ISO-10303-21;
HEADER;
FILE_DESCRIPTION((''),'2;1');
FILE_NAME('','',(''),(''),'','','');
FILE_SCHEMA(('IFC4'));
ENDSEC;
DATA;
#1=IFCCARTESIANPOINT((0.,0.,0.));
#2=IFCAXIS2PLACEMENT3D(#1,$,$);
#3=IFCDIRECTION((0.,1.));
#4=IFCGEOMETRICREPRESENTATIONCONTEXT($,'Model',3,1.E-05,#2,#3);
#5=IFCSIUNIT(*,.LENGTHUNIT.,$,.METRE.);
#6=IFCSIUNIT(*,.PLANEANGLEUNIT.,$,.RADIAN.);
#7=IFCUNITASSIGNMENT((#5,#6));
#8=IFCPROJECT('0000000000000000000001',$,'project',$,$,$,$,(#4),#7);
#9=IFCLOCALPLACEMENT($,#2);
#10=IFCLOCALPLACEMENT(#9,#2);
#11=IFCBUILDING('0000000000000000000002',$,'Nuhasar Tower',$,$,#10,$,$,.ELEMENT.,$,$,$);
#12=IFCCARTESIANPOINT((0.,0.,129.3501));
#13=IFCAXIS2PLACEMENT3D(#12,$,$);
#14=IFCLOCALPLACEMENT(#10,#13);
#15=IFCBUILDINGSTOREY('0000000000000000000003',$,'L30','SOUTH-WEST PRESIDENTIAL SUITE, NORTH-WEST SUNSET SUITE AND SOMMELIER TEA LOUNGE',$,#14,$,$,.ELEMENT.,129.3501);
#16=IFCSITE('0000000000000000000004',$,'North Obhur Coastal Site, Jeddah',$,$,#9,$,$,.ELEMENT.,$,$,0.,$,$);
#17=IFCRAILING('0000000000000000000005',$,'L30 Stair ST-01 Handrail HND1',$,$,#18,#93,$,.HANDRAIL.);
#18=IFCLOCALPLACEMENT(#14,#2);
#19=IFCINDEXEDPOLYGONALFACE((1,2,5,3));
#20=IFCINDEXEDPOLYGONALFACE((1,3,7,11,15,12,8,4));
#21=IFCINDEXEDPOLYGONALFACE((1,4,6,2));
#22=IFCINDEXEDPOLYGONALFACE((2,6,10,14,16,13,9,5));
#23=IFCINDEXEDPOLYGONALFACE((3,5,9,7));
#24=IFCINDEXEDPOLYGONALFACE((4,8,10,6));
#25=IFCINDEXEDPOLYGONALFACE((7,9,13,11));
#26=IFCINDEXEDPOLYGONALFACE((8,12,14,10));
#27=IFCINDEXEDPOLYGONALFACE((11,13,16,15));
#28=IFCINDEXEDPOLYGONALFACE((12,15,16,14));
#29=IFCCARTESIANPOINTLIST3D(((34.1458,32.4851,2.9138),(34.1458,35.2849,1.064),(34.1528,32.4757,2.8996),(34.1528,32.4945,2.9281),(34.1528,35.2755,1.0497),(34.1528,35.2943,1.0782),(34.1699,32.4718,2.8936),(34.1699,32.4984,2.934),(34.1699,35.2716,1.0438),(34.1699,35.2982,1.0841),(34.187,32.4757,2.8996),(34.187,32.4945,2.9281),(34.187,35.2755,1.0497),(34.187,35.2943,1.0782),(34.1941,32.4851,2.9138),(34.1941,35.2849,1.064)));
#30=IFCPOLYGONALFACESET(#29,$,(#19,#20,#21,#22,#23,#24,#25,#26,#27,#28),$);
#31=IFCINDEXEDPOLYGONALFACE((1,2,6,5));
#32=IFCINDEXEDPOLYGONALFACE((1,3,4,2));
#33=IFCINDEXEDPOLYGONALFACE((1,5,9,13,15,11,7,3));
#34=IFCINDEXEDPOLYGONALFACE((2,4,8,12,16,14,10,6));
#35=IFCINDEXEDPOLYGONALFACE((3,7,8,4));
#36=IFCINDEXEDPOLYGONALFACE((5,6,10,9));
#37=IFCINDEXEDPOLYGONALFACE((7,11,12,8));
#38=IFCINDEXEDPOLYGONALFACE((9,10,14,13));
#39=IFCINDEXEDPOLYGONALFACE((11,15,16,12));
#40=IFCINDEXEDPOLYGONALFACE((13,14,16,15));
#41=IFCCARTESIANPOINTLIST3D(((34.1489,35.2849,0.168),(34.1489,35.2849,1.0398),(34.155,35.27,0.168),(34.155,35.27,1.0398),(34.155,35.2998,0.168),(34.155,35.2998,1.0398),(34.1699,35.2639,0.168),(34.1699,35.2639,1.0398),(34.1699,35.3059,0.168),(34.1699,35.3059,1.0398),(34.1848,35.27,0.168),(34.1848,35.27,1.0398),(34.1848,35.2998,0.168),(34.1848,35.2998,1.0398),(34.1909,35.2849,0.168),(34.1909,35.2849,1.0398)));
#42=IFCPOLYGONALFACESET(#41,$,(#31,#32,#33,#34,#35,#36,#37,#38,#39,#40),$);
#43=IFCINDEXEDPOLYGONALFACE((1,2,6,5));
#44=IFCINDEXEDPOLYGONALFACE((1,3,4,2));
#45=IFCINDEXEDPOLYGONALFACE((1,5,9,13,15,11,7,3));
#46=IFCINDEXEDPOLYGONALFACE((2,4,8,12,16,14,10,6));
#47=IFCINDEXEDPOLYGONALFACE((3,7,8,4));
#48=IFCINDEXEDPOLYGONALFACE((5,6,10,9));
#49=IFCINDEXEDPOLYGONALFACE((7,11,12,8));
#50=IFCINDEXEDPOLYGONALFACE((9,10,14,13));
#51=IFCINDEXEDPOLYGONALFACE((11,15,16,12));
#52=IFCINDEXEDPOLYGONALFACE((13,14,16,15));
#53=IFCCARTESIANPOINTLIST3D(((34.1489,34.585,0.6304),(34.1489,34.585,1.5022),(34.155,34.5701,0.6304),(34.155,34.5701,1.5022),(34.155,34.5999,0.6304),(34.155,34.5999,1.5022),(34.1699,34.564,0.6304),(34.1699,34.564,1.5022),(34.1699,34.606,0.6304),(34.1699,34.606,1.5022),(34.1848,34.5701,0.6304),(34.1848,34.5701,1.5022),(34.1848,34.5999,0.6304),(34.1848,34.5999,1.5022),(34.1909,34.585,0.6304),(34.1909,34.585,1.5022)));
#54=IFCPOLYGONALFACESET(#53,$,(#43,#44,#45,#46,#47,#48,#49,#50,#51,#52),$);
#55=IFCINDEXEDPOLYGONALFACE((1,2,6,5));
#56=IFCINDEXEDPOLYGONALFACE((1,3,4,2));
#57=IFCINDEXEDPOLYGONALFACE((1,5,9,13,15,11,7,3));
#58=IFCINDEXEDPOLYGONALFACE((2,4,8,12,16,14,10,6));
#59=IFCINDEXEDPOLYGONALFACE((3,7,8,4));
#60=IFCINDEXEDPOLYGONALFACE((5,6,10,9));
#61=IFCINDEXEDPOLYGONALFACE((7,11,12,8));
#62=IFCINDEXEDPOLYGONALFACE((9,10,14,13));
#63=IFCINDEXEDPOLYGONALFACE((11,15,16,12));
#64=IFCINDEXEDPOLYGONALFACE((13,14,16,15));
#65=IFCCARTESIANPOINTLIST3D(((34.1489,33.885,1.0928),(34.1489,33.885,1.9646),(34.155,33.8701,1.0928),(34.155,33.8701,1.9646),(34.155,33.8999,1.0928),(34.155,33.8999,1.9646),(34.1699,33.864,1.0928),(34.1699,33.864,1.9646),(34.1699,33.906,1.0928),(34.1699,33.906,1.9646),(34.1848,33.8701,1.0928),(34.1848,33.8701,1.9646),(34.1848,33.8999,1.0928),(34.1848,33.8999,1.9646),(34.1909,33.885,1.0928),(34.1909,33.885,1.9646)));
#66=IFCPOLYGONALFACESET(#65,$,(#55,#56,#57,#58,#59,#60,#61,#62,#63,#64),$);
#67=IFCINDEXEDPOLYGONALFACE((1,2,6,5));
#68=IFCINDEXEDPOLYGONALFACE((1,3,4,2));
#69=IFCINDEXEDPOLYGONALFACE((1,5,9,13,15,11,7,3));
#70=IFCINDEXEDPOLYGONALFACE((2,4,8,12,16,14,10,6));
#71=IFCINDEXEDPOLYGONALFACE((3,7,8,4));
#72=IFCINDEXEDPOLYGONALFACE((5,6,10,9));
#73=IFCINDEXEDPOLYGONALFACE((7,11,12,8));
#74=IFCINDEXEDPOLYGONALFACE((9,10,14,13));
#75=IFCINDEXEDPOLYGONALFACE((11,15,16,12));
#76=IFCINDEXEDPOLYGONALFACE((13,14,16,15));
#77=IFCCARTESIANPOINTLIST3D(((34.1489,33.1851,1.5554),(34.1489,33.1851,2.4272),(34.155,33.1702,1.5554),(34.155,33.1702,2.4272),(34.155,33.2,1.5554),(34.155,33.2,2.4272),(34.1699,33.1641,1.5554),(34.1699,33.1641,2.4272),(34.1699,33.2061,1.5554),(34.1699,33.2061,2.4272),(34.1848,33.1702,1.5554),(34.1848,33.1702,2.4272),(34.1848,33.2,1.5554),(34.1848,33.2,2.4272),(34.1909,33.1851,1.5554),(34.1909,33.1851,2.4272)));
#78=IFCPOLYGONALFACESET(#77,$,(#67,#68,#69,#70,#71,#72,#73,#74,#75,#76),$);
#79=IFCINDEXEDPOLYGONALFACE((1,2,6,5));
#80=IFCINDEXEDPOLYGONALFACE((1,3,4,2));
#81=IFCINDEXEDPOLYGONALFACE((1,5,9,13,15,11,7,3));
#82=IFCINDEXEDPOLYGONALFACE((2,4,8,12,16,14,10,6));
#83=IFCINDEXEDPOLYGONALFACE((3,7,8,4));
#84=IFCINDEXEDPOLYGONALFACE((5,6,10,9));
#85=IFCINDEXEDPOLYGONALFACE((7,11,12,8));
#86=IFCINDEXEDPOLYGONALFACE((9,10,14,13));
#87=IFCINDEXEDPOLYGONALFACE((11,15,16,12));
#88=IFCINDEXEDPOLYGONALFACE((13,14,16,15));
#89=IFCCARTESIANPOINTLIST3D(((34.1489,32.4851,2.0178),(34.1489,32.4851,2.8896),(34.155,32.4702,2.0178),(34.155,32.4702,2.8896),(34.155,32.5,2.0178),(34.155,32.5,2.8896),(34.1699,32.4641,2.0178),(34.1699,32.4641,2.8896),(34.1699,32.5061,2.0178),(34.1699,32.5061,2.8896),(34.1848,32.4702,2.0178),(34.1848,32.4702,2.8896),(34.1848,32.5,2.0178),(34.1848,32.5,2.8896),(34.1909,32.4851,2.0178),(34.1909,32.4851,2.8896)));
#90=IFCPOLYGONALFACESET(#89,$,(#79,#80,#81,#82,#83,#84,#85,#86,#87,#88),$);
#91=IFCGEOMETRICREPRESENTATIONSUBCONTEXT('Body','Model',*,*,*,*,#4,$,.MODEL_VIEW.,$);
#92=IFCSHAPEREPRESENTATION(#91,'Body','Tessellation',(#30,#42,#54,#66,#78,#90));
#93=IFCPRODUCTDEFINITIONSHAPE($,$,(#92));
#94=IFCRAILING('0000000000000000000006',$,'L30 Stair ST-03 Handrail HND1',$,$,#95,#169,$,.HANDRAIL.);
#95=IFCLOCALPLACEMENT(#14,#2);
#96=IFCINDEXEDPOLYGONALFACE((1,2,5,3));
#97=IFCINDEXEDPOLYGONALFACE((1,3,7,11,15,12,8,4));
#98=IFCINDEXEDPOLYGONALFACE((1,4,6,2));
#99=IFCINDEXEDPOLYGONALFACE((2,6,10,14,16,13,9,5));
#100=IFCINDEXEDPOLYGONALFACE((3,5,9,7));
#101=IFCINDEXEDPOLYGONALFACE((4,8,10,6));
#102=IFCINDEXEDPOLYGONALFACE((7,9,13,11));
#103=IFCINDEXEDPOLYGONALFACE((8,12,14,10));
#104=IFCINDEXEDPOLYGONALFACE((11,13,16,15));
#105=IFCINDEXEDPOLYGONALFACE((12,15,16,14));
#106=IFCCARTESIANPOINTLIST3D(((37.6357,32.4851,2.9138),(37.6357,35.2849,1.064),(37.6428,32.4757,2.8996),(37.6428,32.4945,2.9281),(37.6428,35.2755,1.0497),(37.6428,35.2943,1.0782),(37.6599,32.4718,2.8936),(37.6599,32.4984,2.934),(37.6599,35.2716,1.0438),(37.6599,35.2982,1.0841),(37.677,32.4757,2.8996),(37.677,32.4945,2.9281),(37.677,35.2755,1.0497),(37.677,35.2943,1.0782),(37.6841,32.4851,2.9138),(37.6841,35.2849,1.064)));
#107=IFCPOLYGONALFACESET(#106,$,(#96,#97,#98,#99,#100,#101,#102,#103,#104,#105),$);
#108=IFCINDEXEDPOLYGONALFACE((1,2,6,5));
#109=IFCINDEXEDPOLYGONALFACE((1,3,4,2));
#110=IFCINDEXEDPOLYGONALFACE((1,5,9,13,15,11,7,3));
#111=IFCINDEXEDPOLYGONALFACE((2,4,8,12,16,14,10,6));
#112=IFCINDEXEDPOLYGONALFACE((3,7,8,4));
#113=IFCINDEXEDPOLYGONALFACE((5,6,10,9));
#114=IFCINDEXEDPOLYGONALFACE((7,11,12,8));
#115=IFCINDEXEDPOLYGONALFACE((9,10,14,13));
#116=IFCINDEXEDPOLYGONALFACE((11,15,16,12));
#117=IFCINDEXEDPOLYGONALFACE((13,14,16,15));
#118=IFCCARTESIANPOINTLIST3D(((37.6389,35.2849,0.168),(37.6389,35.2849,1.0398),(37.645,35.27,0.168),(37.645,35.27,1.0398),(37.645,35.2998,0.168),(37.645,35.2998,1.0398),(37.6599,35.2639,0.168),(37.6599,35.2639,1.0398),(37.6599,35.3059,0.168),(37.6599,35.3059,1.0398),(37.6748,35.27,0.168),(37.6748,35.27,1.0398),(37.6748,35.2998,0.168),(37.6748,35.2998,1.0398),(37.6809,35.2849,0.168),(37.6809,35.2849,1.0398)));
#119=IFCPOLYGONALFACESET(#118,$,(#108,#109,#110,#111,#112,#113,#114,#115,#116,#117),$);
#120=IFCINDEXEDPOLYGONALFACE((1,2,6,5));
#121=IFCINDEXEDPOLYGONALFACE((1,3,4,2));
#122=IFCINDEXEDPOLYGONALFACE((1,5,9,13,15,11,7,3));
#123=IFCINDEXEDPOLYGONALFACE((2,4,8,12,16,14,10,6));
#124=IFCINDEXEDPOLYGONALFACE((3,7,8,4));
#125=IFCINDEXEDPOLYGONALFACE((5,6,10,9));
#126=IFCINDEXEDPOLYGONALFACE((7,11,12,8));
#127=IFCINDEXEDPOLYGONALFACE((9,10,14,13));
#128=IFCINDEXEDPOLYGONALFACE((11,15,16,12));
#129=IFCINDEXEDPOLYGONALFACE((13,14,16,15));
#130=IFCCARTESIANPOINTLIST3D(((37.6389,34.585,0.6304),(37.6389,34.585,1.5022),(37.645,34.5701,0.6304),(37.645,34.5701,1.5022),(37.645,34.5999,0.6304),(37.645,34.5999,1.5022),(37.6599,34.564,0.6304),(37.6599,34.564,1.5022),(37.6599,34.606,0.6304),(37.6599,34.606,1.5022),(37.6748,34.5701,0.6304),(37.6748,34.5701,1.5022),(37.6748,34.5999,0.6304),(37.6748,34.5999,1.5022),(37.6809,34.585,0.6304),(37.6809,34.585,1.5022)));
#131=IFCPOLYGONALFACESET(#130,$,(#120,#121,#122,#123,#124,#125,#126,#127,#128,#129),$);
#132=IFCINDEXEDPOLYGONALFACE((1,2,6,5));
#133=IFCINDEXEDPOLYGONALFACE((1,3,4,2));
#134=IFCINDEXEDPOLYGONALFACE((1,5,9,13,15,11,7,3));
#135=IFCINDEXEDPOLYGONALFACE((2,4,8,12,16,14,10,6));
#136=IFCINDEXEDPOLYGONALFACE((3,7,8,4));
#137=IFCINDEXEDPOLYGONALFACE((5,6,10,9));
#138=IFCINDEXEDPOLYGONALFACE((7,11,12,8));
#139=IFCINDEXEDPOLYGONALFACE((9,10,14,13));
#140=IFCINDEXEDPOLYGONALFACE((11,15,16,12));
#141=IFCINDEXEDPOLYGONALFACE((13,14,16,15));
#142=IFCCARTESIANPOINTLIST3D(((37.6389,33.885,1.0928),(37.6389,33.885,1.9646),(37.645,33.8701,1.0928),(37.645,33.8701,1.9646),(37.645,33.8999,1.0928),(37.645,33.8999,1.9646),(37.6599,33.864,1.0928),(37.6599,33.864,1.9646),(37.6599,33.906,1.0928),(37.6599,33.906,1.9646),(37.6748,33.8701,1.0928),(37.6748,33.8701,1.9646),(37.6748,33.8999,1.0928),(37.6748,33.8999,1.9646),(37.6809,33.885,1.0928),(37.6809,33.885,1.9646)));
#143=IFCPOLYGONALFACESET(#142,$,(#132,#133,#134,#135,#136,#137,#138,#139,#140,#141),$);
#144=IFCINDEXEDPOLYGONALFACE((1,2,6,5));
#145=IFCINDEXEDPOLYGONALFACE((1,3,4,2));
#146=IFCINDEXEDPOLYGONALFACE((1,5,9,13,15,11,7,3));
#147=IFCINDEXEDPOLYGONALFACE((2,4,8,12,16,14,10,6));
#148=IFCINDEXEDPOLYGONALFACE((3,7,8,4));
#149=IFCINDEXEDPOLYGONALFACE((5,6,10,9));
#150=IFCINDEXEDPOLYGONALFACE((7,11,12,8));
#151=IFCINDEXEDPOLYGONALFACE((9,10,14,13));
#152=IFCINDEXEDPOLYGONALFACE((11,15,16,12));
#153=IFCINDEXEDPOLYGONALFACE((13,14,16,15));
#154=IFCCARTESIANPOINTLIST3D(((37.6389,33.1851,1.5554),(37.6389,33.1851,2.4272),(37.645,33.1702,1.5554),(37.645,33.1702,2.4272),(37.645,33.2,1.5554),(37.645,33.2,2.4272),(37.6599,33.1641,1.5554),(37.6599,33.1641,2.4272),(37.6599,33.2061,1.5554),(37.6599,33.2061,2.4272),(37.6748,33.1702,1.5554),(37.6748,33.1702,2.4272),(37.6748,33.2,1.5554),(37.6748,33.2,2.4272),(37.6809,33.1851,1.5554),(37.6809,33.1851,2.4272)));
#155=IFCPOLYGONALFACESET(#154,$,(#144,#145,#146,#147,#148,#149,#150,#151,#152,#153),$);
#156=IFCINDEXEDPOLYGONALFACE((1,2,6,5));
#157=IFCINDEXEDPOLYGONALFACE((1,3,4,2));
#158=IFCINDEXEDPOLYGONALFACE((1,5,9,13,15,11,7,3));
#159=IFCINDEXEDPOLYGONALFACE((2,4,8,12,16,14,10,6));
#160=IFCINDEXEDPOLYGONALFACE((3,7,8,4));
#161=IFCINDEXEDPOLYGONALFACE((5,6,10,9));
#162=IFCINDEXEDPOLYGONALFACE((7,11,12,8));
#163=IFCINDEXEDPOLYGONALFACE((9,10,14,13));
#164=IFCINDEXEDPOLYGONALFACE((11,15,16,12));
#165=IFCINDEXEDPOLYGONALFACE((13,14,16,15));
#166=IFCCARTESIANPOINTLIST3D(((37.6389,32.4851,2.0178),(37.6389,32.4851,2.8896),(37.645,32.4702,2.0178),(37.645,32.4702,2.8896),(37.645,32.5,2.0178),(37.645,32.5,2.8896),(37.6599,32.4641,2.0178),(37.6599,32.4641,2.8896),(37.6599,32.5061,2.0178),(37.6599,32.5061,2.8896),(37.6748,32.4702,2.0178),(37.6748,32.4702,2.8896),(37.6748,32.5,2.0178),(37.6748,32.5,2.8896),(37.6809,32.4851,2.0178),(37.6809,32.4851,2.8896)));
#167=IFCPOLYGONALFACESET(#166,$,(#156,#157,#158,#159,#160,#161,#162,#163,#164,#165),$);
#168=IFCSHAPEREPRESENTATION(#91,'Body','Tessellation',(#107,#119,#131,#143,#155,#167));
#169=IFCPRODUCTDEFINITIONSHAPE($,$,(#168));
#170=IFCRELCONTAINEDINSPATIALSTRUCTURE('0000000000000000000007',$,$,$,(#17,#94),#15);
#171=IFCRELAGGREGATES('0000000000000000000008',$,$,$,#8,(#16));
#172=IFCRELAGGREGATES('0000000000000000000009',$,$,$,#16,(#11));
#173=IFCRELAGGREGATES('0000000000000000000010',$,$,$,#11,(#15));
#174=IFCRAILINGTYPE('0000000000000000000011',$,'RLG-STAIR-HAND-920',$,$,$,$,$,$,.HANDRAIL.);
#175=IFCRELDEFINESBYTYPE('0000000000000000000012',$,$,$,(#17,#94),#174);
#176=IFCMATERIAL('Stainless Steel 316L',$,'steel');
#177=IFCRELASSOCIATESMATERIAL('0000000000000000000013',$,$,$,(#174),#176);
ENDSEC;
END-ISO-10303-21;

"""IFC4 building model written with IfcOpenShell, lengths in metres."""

from ifc_helpers import new_model, si_unit, direction, frame, origin, place, context, subcontext, project, spatial, polyline, outline, extrude, material, type_object, element, save


model = new_model("IFC4")

# Units and contexts
model_context = context("Model", 3, precision=1e-05, world=origin(), true_north=direction((0.0, 1.0)))
body_context = subcontext(model_context, "Body", "Model", "MODEL_VIEW")
ifc_project = project(units=[si_unit("LENGTHUNIT", "METRE"), si_unit("PLANEANGLEUNIT", "RADIAN")], contexts=[model_context])

# Site, building, storey
site_placement = place(None, origin())
site = spatial("IfcSite", under=ifc_project, at=site_placement, Name="North Obhur Coastal Site, Jeddah", CompositionType="ELEMENT", RefElevation=0.0)
building_placement = place(site_placement, origin())
building = spatial("IfcBuilding", under=site, at=building_placement, Name="Nuhasar Tower", CompositionType="ELEMENT")
storey_placement = place(building_placement, frame((0.0, 0.0, 129.3501)))
storey = spatial("IfcBuildingStorey", under=building, at=storey_placement, Name="L30", Description="SOUTH-WEST PRESIDENTIAL SUITE, NORTH-WEST SUNSET SUITE AND SOMMELIER TEA LOUNGE", CompositionType="ELEMENT", Elevation=129.3501)

# Railings
ifc_material_1 = material(Name="Stainless Steel 316L", Category="steel")
railing_type_1 = type_object("IfcRailingType", Name="RLG-STAIR-HAND-920", PredefinedType="HANDRAIL", material=ifc_material_1)
railing_1_placement = place(storey_placement, frame((34.1699, 35.2849, 0.168)))
element("IfcRailing", 1, at=railing_1_placement, inside=storey, type_object=railing_type_1, Name="L30 Stair ST-01 Handrail HND1", PredefinedType="HANDRAIL", context=body_context, shape_type="SweptSolid", body=[
    extrude(outline(polyline([(0.0242, 0.0), (0.0171, 0.0171), (0.0, 0.0242), (-0.0171, 0.0171), (-0.0242, 0.0), (-0.0171, -0.0171), (0.0, -0.0242), (0.0171, -0.0171), (0.0242, 0.0)])), frame((0.0, 0.0, 0.896), z_axis=(0.0, -0.834338, 0.551254), x_axis=(1.0, 0.0, 0.0)), (0.0, 0.0, 1.0), 3.3557),
    extrude(outline(polyline([(0.021, 0.0), (0.0149, 0.0149), (0.0, 0.021), (-0.0149, 0.0149), (-0.021, 0.0), (-0.0149, -0.0149), (0.0, -0.021), (0.0149, -0.0149), (0.021, 0.0)])), origin(), (0.0, 0.0, 1.0), 0.8718),
    extrude(outline(polyline([(0.021, 0.0), (0.0149, 0.0149), (0.0, 0.021), (-0.0149, 0.0149), (-0.021, 0.0), (-0.0149, -0.0149), (0.0, -0.021), (0.0149, -0.0149), (0.021, 0.0)])), frame((0.0, -0.7, 0.4624)), (0.0, 0.0, 1.0), 0.8718),
    extrude(outline(polyline([(0.021, 0.0), (0.0149, 0.0149), (0.0, 0.021), (-0.0149, 0.0149), (-0.021, 0.0), (-0.0149, -0.0149), (0.0, -0.021), (0.0149, -0.0149), (0.021, 0.0)])), frame((0.0, -1.3999, 0.9248)), (0.0, 0.0, 1.0), 0.8718),
    extrude(outline(polyline([(0.021, 0.0), (0.0149, 0.0149), (0.0, 0.021), (-0.0149, 0.0149), (-0.021, 0.0), (-0.0149, -0.0149), (0.0, -0.021), (0.0149, -0.0149), (0.021, 0.0)])), frame((0.0, -2.0999, 1.3875)), (0.0, 0.0, 1.0), 0.8718),
    extrude(outline(polyline([(0.021, 0.0), (0.0149, 0.0149), (0.0, 0.021), (-0.0149, 0.0149), (-0.021, 0.0), (-0.0149, -0.0149), (0.0, -0.021), (0.0149, -0.0149), (0.021, 0.0)])), frame((0.0, -2.7998, 1.8499)), (0.0, 0.0, 1.0), 0.8718),
])
railing_2_placement = place(storey_placement, frame((37.6599, 35.2849, 0.168)))
element("IfcRailing", 2, at=railing_2_placement, inside=storey, type_object=railing_type_1, Name="L30 Stair ST-03 Handrail HND1", PredefinedType="HANDRAIL", context=body_context, shape_type="SweptSolid", body=[
    extrude(outline(polyline([(0.0242, 0.0), (0.0171, 0.0171), (0.0, 0.0242), (-0.0171, 0.0171), (-0.0242, 0.0), (-0.0171, -0.0171), (0.0, -0.0242), (0.0171, -0.0171), (0.0242, 0.0)])), frame((0.0, 0.0, 0.896), z_axis=(0.0, -0.834338, 0.551254), x_axis=(1.0, 0.0, 0.0)), (0.0, 0.0, 1.0), 3.3557),
    extrude(outline(polyline([(0.021, 0.0), (0.0149, 0.0149), (0.0, 0.021), (-0.0149, 0.0149), (-0.021, 0.0), (-0.0149, -0.0149), (0.0, -0.021), (0.0149, -0.0149), (0.021, 0.0)])), origin(), (0.0, 0.0, 1.0), 0.8718),
    extrude(outline(polyline([(0.021, 0.0), (0.0149, 0.0149), (0.0, 0.021), (-0.0149, 0.0149), (-0.021, 0.0), (-0.0149, -0.0149), (0.0, -0.021), (0.0149, -0.0149), (0.021, 0.0)])), frame((0.0, -0.7, 0.4624)), (0.0, 0.0, 1.0), 0.8718),
    extrude(outline(polyline([(0.021, 0.0), (0.0149, 0.0149), (0.0, 0.021), (-0.0149, 0.0149), (-0.021, 0.0), (-0.0149, -0.0149), (0.0, -0.021), (0.0149, -0.0149), (0.021, 0.0)])), frame((0.0, -1.3999, 0.9248)), (0.0, 0.0, 1.0), 0.8718),
    extrude(outline(polyline([(0.021, 0.0), (0.0149, 0.0149), (0.0, 0.021), (-0.0149, 0.0149), (-0.021, 0.0), (-0.0149, -0.0149), (0.0, -0.021), (0.0149, -0.0149), (0.021, 0.0)])), frame((0.0, -2.0999, 1.3875)), (0.0, 0.0, 1.0), 0.8718),
    extrude(outline(polyline([(0.021, 0.0), (0.0149, 0.0149), (0.0, 0.021), (-0.0149, 0.0149), (-0.021, 0.0), (-0.0149, -0.0149), (0.0, -0.021), (0.0149, -0.0149), (0.021, 0.0)])), frame((0.0, -2.7998, 1.8499)), (0.0, 0.0, 1.0), 0.8718),
])

save(model, "model.ifc")
